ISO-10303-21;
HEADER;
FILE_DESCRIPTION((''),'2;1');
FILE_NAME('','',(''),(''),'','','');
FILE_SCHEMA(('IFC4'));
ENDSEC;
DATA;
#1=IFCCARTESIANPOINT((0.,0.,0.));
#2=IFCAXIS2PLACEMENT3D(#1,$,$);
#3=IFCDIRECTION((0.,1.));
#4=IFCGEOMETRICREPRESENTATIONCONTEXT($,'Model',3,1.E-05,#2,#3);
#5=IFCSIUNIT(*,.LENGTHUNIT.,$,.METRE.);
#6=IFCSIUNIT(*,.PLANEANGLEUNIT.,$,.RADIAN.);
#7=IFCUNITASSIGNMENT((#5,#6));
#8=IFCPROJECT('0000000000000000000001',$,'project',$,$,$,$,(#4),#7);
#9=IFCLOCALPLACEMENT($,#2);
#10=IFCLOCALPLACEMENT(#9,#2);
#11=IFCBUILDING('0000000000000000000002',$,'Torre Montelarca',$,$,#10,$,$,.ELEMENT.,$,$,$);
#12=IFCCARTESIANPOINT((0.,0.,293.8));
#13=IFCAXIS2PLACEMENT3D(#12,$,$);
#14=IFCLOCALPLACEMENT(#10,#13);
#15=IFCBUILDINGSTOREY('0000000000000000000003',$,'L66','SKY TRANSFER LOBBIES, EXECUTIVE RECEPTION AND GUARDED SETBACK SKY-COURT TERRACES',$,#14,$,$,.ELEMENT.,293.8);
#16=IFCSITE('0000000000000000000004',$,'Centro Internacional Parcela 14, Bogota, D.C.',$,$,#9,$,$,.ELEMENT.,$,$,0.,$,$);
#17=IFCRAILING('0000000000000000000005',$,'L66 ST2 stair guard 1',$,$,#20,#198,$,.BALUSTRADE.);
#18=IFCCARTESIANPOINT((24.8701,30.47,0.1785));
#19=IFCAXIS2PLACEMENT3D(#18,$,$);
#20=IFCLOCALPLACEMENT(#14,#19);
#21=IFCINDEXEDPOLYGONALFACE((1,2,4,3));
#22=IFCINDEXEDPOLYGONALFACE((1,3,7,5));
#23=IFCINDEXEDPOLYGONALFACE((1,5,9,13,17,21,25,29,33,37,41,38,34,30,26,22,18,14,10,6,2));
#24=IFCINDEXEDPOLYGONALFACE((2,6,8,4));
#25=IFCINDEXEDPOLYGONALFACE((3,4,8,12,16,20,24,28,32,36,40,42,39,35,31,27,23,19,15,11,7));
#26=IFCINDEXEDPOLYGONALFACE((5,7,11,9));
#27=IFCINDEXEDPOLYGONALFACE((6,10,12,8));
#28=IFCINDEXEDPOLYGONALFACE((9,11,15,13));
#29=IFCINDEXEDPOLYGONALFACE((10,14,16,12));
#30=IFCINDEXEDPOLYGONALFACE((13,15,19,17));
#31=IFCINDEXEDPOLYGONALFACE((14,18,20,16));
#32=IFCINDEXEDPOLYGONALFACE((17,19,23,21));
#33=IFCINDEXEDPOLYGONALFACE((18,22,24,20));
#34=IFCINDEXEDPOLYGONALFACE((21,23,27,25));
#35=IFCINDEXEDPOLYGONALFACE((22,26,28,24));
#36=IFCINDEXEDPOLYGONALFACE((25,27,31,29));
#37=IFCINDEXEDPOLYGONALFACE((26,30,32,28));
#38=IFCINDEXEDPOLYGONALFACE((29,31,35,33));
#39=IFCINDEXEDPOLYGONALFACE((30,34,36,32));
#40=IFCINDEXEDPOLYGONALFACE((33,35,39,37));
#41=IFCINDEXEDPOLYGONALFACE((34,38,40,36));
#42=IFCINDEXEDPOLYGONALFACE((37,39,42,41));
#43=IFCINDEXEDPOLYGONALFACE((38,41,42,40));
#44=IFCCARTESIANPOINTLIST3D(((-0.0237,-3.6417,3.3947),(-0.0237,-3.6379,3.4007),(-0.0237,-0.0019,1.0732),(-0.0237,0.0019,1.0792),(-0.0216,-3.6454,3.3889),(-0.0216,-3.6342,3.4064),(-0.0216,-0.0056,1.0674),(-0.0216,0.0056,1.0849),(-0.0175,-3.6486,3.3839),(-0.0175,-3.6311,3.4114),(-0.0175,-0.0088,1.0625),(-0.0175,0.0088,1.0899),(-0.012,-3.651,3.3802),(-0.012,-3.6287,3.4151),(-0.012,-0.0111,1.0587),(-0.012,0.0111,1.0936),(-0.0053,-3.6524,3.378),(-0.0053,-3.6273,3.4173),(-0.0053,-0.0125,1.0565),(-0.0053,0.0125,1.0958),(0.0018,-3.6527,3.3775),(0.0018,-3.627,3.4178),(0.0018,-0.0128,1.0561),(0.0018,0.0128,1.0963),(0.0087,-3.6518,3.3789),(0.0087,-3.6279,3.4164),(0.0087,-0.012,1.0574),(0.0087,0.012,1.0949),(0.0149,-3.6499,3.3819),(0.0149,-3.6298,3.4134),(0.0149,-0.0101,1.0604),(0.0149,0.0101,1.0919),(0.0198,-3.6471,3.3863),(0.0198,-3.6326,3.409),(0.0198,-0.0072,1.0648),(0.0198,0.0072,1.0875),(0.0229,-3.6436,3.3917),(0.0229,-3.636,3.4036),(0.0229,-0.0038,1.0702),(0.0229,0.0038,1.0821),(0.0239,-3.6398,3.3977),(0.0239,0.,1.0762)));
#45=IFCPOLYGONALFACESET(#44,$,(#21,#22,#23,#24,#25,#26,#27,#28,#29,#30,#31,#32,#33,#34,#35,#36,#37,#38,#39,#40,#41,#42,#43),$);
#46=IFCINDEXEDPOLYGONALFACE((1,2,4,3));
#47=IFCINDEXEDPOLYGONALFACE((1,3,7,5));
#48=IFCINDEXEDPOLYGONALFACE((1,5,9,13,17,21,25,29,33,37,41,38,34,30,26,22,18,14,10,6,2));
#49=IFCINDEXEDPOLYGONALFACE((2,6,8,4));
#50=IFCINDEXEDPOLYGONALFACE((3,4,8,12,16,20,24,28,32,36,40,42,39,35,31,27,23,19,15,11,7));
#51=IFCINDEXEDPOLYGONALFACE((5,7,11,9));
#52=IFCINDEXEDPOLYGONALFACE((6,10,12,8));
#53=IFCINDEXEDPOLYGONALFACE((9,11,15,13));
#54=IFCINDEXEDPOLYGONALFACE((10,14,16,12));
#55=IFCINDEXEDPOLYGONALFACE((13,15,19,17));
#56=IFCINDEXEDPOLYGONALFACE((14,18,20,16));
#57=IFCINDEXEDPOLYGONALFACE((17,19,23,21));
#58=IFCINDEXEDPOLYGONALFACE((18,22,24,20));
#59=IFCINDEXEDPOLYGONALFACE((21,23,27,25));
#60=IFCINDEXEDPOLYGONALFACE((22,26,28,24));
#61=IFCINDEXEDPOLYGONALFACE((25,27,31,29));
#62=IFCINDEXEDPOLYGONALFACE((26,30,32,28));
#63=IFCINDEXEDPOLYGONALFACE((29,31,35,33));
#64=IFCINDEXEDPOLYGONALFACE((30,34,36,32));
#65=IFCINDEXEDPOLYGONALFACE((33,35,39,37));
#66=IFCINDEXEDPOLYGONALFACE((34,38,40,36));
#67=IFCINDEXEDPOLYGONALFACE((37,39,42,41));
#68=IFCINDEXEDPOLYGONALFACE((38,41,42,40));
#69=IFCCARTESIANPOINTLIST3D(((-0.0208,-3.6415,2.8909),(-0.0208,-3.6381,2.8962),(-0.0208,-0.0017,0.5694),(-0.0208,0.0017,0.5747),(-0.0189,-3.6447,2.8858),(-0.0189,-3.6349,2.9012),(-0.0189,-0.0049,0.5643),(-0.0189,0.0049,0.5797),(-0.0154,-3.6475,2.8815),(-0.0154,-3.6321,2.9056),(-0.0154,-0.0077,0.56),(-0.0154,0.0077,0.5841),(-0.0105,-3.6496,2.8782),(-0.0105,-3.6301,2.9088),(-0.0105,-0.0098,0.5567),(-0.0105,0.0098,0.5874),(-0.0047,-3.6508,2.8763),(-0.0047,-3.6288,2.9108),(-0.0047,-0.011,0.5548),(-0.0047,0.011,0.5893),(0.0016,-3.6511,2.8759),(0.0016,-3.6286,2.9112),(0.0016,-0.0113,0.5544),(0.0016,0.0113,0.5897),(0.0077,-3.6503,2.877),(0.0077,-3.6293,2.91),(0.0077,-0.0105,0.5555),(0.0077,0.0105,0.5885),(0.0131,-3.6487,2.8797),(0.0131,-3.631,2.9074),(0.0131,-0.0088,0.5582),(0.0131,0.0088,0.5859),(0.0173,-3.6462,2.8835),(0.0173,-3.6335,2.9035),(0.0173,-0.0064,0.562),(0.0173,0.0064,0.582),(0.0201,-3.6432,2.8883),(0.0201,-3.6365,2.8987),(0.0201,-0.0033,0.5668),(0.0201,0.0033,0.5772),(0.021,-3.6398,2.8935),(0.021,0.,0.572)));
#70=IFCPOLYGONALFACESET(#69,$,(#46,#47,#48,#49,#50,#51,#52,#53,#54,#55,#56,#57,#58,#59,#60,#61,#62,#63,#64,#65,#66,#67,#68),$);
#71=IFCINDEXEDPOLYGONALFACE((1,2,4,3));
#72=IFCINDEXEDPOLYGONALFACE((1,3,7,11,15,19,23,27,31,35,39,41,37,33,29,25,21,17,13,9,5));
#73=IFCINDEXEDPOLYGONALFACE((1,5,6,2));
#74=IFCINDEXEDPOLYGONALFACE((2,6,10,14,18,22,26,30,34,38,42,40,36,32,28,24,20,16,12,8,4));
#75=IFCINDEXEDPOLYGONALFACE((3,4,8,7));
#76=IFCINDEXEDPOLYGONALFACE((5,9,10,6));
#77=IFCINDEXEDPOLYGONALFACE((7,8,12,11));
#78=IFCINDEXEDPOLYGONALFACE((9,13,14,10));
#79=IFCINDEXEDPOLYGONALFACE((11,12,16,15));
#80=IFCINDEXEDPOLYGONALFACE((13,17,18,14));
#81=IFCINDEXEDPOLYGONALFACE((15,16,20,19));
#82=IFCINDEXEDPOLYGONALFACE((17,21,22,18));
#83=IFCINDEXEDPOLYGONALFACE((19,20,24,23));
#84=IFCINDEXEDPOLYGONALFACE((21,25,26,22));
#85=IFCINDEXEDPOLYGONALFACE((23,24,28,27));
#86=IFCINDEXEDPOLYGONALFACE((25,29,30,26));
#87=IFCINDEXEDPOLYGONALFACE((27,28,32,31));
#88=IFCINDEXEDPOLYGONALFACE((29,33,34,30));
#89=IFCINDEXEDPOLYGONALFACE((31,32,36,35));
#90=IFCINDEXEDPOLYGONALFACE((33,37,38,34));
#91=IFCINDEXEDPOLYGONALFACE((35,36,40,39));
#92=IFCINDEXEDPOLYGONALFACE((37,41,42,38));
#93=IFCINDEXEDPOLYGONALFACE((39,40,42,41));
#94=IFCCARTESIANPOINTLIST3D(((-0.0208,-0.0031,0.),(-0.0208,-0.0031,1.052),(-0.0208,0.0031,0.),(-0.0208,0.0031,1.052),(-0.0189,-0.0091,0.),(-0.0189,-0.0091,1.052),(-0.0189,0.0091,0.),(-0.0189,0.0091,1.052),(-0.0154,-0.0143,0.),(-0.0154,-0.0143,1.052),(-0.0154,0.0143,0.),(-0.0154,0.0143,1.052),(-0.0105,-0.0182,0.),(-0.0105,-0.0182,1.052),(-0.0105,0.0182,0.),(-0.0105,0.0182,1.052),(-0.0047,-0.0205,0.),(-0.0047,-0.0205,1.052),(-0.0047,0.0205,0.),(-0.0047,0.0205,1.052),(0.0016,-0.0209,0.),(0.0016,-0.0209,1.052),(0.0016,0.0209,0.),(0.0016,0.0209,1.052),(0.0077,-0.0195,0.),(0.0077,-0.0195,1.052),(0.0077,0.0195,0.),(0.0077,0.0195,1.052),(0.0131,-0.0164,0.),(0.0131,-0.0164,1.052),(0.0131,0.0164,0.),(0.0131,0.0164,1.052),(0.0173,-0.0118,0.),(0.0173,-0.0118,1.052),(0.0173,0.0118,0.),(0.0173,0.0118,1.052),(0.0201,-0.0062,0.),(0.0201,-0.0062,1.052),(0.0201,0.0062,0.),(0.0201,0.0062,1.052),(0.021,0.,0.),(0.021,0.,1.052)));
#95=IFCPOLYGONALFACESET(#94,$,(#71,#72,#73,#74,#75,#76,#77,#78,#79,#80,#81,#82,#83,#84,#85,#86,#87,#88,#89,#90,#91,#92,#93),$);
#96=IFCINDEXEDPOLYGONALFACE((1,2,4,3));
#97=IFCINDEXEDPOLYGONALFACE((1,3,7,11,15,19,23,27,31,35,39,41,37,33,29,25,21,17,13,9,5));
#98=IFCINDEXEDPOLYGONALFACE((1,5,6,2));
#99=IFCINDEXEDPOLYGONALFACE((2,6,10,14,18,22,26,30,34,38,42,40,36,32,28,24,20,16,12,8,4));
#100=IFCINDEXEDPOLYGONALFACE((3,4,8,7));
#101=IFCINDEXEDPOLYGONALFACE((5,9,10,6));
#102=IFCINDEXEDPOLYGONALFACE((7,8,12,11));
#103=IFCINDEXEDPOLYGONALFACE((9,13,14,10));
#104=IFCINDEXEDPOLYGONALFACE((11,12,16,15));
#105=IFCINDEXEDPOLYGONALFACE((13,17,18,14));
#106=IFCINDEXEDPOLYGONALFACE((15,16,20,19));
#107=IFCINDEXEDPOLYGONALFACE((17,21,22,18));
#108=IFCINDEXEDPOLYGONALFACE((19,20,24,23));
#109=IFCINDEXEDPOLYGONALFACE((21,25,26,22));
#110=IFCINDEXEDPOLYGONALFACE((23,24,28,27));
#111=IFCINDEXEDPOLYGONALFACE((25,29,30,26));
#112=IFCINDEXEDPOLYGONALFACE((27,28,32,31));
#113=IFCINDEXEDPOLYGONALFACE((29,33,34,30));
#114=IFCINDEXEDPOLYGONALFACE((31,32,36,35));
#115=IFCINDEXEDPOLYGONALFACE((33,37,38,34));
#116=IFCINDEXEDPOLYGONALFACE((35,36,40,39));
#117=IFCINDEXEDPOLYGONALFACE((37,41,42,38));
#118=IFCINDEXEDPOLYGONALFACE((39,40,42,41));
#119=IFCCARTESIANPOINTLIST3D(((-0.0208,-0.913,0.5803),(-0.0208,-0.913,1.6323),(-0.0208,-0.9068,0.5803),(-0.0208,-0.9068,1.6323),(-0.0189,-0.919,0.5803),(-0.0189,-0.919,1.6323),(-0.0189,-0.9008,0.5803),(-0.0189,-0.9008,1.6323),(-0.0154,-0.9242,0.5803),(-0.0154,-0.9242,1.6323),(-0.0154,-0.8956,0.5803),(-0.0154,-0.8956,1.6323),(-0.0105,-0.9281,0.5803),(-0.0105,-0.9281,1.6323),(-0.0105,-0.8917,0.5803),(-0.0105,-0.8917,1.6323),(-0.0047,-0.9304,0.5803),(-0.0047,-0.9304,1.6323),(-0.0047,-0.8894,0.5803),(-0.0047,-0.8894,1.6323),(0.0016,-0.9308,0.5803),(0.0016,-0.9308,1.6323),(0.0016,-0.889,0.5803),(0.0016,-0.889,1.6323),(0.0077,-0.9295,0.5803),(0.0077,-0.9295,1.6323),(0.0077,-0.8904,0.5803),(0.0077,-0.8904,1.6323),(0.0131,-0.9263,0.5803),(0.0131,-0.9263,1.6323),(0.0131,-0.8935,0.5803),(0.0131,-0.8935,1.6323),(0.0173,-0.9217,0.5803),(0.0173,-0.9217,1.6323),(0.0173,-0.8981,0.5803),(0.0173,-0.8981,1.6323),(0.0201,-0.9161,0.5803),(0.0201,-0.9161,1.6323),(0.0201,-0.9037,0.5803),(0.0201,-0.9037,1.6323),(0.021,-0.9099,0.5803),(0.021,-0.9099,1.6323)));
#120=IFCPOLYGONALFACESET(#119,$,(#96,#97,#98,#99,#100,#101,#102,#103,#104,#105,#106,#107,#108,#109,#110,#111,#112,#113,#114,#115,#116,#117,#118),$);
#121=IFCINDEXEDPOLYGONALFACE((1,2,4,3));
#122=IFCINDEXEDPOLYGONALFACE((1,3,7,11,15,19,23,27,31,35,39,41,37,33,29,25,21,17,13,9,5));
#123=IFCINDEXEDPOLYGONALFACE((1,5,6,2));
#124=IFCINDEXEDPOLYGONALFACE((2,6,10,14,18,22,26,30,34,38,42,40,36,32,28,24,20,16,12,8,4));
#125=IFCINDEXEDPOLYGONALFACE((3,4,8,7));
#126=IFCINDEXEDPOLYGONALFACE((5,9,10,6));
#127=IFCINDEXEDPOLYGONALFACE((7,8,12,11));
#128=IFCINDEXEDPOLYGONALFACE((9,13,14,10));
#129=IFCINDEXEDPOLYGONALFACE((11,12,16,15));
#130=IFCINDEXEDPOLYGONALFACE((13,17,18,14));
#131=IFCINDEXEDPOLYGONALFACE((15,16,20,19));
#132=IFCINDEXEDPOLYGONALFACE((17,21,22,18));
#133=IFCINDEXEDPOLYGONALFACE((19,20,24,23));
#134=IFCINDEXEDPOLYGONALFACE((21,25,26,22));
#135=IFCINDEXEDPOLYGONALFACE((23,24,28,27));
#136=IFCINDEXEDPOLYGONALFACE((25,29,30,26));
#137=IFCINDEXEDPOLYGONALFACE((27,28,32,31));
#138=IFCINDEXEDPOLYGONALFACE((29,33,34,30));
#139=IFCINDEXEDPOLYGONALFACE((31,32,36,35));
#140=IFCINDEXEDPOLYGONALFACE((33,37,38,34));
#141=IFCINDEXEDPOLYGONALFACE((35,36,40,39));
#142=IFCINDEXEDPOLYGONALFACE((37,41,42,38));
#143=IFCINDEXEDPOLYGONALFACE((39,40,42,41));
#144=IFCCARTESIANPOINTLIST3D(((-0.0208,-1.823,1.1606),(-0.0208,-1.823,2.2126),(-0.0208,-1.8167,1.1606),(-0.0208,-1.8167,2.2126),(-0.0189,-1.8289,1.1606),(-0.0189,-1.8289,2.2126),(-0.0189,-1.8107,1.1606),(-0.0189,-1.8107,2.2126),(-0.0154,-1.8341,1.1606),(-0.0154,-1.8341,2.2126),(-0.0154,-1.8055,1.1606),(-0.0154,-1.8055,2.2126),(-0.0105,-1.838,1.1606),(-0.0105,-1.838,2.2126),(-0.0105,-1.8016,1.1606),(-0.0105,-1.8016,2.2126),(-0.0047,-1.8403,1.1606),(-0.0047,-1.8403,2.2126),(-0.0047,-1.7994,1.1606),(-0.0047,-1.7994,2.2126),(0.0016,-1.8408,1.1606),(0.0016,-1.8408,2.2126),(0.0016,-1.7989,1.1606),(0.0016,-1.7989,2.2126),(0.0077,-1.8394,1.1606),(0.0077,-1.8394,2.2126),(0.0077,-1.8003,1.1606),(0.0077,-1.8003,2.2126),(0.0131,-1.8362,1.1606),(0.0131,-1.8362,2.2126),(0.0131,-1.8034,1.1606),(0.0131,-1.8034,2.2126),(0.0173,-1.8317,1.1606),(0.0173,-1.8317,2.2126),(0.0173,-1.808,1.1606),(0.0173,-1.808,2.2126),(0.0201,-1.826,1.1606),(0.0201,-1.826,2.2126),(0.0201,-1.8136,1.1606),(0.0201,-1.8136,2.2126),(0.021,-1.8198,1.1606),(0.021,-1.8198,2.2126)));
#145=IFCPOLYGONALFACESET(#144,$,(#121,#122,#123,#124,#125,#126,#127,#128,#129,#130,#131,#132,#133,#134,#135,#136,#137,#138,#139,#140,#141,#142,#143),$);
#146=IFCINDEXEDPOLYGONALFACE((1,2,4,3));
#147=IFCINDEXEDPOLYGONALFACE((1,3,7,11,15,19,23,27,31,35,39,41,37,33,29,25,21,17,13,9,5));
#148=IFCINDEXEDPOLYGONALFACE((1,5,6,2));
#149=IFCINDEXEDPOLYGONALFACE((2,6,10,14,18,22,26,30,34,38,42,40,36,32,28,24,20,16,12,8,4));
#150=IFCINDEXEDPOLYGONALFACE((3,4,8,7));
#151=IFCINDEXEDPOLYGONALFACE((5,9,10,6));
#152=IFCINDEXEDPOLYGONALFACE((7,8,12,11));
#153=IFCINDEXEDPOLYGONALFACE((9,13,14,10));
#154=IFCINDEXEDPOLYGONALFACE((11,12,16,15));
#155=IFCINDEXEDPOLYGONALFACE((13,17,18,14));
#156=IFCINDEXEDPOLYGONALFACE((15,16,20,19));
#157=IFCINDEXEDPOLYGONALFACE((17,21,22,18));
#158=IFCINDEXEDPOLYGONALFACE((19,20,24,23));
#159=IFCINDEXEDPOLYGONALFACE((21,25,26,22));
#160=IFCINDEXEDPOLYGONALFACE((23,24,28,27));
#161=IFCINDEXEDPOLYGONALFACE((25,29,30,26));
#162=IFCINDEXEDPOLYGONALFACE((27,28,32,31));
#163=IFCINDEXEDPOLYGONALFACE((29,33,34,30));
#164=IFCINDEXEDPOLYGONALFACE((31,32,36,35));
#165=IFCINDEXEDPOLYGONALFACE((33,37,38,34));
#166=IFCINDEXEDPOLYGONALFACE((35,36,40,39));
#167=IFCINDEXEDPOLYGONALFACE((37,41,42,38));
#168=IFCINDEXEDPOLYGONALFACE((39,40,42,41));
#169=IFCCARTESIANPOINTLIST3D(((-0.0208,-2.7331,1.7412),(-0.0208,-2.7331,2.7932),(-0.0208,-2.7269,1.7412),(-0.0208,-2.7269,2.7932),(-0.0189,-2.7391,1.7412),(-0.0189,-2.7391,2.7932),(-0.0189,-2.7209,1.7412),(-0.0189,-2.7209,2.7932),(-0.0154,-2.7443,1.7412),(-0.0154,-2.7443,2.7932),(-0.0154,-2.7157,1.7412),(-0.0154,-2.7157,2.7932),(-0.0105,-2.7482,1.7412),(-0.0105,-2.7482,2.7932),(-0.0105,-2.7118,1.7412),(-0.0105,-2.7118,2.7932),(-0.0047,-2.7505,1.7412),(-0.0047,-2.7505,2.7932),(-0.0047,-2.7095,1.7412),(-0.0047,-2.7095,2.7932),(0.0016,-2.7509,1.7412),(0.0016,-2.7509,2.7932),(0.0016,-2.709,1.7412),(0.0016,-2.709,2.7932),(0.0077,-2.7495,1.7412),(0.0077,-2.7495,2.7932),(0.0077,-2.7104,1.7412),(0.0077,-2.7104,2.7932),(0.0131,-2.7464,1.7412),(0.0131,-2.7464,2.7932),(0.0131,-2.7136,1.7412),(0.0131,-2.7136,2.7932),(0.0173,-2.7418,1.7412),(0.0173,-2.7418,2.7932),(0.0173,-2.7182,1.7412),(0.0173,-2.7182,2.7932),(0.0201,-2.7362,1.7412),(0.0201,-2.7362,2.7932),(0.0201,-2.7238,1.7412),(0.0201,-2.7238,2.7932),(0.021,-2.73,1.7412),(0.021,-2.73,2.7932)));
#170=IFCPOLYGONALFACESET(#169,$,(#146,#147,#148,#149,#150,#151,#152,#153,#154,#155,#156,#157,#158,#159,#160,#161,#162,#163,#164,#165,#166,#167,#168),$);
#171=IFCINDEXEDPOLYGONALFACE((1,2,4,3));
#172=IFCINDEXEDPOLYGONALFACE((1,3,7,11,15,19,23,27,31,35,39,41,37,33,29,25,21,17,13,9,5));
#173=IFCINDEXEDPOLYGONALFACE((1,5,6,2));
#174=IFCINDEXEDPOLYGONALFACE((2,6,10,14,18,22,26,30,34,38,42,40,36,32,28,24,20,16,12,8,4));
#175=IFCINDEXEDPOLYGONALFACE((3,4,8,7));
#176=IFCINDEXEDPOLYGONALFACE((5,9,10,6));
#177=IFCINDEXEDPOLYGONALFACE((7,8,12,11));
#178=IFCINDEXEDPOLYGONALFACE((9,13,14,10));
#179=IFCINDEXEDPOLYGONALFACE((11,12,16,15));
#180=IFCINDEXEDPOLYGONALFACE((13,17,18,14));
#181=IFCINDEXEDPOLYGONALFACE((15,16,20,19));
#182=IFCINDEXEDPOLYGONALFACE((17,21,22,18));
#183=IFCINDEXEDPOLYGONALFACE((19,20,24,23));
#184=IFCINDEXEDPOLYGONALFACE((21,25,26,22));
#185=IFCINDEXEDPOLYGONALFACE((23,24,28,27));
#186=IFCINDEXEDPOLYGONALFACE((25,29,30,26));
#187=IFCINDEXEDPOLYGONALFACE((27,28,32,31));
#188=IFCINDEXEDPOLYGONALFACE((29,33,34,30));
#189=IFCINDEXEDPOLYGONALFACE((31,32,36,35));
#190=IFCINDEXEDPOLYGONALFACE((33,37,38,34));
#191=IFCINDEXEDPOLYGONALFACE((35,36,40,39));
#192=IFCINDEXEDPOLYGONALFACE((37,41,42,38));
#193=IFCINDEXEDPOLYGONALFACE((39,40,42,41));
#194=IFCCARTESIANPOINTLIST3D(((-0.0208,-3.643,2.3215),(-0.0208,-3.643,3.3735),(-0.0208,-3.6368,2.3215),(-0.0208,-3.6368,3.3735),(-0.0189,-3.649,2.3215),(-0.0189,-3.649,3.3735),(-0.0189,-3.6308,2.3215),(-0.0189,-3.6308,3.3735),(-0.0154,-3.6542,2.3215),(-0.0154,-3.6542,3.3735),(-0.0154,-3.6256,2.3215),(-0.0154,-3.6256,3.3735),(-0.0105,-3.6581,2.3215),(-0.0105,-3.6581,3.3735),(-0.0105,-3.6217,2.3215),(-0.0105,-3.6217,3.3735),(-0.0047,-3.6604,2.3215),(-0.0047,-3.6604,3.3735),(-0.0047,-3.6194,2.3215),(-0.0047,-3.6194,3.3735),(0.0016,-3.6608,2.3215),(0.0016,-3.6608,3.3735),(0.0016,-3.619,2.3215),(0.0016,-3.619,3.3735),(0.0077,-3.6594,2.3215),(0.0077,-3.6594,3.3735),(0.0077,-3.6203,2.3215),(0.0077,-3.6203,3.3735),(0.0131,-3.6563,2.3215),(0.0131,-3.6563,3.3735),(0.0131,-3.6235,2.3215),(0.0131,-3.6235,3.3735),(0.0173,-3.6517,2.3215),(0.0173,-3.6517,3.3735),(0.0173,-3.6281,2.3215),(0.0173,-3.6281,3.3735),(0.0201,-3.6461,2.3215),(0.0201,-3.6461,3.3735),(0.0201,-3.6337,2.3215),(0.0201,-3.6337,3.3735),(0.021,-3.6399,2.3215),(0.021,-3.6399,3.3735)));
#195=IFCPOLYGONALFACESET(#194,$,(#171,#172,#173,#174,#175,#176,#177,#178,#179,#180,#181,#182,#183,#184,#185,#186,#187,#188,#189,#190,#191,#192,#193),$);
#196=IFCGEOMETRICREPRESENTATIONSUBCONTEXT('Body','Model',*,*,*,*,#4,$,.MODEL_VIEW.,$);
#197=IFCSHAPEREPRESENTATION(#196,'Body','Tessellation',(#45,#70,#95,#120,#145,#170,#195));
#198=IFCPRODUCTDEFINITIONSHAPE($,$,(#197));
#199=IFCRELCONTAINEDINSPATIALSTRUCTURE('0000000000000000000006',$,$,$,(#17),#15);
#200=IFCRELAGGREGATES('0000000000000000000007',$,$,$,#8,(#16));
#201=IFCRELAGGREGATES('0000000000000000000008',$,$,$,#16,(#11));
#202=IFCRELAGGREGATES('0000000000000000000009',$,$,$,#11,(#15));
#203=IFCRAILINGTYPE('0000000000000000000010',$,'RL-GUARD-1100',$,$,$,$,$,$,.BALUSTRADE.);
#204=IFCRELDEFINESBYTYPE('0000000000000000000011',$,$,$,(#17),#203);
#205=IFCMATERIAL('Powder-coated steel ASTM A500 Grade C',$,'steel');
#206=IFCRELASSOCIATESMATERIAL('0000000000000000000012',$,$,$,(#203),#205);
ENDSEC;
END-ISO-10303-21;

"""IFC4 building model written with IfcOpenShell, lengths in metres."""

from ifc_helpers import new_model, si_unit, direction, frame, origin, origin_2d, place, context, subcontext, project, spatial, circle, extrude, material, type_object, element, save


model = new_model("IFC4")

# Units and contexts
model_context = context("Model", 3, precision=1e-05, world=origin(), true_north=direction((0.0, 1.0)))
body_context = subcontext(model_context, "Body", "Model", "MODEL_VIEW")
ifc_project = project(units=[si_unit("LENGTHUNIT", "METRE"), si_unit("PLANEANGLEUNIT", "RADIAN")], contexts=[model_context])

# Site, building, storey
site_placement = place(None, origin())
site = spatial("IfcSite", under=ifc_project, at=site_placement, Name="Centro Internacional Parcela 14, Bogota, D.C.", CompositionType="ELEMENT", RefElevation=0.0)
building_placement = place(site_placement, origin())
building = spatial("IfcBuilding", under=site, at=building_placement, Name="Torre Montelarca", CompositionType="ELEMENT")
storey_placement = place(building_placement, frame((0.0, 0.0, 293.8)))
storey = spatial("IfcBuildingStorey", under=building, at=storey_placement, Name="L66", Description="SKY TRANSFER LOBBIES, EXECUTIVE RECEPTION AND GUARDED SETBACK SKY-COURT TERRACES", CompositionType="ELEMENT", Elevation=293.8)

# Railing
ifc_material_1 = material(Name="Powder-coated steel ASTM A500 Grade C", Category="steel")
railing_type_1 = type_object("IfcRailingType", Name="RL-GUARD-1100", PredefinedType="BALUSTRADE", material=ifc_material_1)
railing_1_placement = place(storey_placement, frame((24.8701, 30.47, 0.1785)))
element("IfcRailing", 1, at=railing_1_placement, inside=storey, type_object=railing_type_1, Name="L66 ST2 stair guard 1", PredefinedType="BALUSTRADE", context=body_context, shape_type="SweptSolid", body=[
    extrude(circle(Radius=0.0239, at=origin_2d()), frame((0.0, 0.0, 1.0762), z_axis=(0.0, -0.843112, 0.537739), x_axis=(1.0, 0.0, 0.0)), (0.0, 0.0, 1.0), 4.3171),
    extrude(circle(Radius=0.021, at=origin_2d()), frame((0.0, 0.0, 0.572), z_axis=(0.0, -0.843112, 0.537739), x_axis=(1.0, 0.0, 0.0)), (0.0, 0.0, 1.0), 4.3171),
    extrude(circle(Radius=0.021, at=origin_2d()), origin(), (0.0, 0.0, 1.0), 1.052),
    extrude(circle(Radius=0.021, at=origin_2d()), frame((0.0, -0.9099, 0.5803)), (0.0, 0.0, 1.0), 1.052),
    extrude(circle(Radius=0.021, at=origin_2d()), frame((0.0, -1.8198, 1.1606)), (0.0, 0.0, 1.0), 1.052),
    extrude(circle(Radius=0.021, at=origin_2d()), frame((0.0, -2.73, 1.7412)), (0.0, 0.0, 1.0), 1.052),
    extrude(circle(Radius=0.021, at=origin_2d()), frame((0.0, -3.6399, 2.3215)), (0.0, 0.0, 1.0), 1.052),
])

save(model, "model.ifc")
